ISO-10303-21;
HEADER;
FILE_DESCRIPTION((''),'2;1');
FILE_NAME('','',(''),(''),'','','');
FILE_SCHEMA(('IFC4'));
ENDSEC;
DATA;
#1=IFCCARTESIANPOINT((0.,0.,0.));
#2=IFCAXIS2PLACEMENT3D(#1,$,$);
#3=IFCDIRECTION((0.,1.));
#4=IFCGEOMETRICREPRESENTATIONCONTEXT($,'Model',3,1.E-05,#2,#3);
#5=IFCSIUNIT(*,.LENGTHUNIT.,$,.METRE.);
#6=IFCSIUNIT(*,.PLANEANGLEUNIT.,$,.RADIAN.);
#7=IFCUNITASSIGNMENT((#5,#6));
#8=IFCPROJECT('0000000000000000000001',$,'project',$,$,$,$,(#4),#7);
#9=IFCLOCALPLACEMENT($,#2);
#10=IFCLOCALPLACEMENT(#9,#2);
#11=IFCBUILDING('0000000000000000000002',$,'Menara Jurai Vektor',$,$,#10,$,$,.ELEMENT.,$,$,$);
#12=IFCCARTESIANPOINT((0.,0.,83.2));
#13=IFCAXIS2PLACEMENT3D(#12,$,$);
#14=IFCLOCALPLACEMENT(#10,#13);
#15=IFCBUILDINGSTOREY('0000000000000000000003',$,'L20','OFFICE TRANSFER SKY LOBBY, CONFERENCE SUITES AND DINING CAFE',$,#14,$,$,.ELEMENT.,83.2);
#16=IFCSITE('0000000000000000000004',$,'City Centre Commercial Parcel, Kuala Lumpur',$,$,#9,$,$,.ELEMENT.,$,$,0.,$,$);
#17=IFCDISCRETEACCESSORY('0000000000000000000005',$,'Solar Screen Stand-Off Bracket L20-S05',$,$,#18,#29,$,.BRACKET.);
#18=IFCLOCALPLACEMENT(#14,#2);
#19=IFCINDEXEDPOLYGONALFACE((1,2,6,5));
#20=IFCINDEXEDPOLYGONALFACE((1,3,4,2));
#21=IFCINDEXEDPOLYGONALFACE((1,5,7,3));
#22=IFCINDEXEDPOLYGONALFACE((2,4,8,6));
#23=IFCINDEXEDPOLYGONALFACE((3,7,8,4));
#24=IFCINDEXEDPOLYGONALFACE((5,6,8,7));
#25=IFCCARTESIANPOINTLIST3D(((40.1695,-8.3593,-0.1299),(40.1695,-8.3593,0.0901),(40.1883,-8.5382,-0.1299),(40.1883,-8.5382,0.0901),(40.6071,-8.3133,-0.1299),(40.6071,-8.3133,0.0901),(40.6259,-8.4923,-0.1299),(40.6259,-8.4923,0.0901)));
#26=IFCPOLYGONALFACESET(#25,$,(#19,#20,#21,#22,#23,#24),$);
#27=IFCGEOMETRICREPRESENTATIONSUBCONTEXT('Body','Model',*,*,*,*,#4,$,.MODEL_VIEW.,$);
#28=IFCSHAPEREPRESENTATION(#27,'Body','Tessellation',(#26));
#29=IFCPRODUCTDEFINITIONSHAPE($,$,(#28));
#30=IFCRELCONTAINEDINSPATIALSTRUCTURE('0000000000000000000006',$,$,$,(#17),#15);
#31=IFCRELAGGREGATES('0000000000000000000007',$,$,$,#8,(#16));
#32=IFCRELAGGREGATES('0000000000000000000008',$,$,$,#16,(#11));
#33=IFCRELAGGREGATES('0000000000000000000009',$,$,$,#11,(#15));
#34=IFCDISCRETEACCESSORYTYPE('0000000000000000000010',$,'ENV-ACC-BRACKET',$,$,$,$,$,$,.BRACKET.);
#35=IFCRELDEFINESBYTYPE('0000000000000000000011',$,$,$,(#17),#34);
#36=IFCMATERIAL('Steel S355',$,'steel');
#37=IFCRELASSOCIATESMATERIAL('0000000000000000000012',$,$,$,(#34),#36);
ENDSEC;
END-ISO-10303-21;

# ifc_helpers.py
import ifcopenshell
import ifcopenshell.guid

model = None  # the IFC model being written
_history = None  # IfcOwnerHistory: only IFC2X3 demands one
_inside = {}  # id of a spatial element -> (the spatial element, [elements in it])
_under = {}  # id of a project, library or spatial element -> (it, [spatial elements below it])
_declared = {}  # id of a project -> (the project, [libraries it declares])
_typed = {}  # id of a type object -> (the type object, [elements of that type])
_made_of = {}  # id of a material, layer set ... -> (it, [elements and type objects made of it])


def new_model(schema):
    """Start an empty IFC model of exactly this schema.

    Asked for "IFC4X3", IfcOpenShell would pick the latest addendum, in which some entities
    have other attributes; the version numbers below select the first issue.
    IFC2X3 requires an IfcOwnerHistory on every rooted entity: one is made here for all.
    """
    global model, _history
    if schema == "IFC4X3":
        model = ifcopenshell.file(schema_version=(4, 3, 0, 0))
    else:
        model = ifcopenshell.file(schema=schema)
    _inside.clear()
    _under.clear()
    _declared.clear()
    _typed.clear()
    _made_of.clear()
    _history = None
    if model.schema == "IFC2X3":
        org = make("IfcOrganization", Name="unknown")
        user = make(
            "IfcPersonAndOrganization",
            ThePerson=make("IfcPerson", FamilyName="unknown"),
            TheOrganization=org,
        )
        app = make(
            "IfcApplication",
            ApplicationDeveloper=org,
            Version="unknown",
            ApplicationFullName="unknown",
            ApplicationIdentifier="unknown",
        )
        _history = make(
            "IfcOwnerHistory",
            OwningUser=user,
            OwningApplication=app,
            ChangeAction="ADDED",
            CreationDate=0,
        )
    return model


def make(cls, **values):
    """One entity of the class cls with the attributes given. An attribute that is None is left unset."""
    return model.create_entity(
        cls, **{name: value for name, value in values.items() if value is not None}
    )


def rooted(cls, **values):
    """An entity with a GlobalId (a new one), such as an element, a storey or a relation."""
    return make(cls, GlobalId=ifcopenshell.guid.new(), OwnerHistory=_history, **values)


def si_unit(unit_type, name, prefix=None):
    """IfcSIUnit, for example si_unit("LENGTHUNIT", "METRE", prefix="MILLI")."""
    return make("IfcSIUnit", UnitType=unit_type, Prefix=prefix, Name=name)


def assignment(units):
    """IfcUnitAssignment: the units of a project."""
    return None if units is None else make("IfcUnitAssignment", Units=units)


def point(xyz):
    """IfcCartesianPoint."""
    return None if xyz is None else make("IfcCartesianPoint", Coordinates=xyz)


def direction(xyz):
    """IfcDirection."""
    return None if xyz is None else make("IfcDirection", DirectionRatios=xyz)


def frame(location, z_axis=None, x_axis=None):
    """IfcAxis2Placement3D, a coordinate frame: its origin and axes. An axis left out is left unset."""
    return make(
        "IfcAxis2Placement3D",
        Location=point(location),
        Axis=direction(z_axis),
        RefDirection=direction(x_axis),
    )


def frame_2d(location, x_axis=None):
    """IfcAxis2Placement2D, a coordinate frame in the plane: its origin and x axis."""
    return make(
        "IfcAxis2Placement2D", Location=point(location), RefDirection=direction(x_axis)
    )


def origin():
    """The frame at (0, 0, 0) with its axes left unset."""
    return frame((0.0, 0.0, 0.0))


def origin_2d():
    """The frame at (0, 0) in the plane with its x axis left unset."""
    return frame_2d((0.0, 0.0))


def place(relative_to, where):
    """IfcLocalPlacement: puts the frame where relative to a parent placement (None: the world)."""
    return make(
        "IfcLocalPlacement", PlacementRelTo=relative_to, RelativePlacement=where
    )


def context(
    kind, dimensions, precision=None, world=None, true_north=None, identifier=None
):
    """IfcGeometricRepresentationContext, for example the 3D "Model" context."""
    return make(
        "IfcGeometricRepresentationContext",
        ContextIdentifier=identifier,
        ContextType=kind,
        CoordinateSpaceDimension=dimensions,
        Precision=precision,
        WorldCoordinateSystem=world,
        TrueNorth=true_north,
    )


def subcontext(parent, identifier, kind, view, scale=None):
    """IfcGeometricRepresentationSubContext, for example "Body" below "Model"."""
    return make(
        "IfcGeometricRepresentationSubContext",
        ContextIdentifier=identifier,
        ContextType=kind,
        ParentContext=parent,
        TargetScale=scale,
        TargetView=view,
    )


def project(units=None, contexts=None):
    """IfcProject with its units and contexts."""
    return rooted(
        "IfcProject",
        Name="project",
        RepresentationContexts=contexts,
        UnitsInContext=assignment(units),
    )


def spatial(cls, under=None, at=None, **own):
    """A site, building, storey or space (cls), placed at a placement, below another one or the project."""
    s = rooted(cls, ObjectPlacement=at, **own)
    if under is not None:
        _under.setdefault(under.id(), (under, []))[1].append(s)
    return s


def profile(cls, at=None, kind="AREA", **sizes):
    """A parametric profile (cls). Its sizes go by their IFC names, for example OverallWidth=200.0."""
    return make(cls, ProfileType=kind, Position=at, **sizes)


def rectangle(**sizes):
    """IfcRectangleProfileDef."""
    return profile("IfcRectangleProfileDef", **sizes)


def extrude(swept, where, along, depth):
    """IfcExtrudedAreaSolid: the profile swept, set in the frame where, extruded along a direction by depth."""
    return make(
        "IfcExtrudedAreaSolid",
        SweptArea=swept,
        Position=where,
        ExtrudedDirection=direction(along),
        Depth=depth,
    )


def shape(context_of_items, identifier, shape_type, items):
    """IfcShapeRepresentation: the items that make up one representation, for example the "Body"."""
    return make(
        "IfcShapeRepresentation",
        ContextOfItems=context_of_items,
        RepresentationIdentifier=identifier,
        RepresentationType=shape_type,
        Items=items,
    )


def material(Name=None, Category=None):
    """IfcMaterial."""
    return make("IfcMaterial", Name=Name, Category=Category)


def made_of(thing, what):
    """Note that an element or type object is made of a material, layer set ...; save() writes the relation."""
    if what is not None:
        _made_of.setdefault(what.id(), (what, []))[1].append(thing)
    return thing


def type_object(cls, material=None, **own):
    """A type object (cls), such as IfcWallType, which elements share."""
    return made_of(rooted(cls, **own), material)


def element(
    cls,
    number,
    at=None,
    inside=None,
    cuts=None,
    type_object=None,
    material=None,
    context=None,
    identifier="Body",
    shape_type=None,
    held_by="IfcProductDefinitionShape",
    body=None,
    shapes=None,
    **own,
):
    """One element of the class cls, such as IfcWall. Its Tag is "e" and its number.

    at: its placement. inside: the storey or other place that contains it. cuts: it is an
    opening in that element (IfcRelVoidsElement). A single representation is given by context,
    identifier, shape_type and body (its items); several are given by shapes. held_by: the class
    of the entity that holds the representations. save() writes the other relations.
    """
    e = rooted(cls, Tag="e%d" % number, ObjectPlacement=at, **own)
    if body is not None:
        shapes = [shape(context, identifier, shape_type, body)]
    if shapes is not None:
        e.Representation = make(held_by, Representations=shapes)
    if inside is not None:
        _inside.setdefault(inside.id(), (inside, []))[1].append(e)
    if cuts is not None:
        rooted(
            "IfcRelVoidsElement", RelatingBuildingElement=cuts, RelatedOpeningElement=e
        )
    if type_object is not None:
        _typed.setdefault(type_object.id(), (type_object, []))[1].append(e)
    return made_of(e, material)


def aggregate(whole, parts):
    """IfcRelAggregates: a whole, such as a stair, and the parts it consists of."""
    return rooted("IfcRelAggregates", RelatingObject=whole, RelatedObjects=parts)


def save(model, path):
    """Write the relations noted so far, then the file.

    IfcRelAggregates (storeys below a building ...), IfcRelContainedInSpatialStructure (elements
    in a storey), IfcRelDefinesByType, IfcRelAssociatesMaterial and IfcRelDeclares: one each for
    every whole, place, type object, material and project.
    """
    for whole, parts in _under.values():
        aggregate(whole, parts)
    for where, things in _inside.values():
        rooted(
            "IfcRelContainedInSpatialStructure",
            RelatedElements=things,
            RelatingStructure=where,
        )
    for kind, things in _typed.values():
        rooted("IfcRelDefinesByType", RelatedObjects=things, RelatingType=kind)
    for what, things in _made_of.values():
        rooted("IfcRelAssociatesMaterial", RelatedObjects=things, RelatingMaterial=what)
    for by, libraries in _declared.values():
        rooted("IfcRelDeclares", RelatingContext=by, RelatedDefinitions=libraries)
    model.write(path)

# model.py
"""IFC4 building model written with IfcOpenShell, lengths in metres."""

from ifc_helpers import new_model, si_unit, direction, frame, origin, origin_2d, place, context, subcontext, project, spatial, rectangle, extrude, material, type_object, element, save


model = new_model("IFC4")

# Units and contexts
model_context = context("Model", 3, precision=1e-05, world=origin(), true_north=direction((0.0, 1.0)))
body_context = subcontext(model_context, "Body", "Model", "MODEL_VIEW")
ifc_project = project(units=[si_unit("LENGTHUNIT", "METRE"), si_unit("PLANEANGLEUNIT", "RADIAN")], contexts=[model_context])

# Site, building, storey
site_placement = place(None, origin())
site = spatial("IfcSite", under=ifc_project, at=site_placement, Name="City Centre Commercial Parcel, Kuala Lumpur", CompositionType="ELEMENT", RefElevation=0.0)
building_placement = place(site_placement, origin())
building = spatial("IfcBuilding", under=site, at=building_placement, Name="Menara Jurai Vektor", CompositionType="ELEMENT")
storey_placement = place(building_placement, frame((0.0, 0.0, 83.2)))
storey = spatial("IfcBuildingStorey", under=building, at=storey_placement, Name="L20", Description="OFFICE TRANSFER SKY LOBBY, CONFERENCE SUITES AND DINING CAFE", CompositionType="ELEMENT", Elevation=83.2)

# Shared definitions
ifc_material_1 = material(Name="Steel S355", Category="steel")

# Discrete accessory
discrete_accessory_type = type_object("IfcDiscreteAccessoryType", Name="ENV-ACC-BRACKET", PredefinedType="BRACKET", material=ifc_material_1)
discrete_accessory_placement = place(storey_placement, frame((40.3977, -8.4258, -0.1299), z_axis=(0.0, 0.0, 1.0), x_axis=(-0.104528, 0.994522, 0.0)))
element("IfcDiscreteAccessory", 1, at=discrete_accessory_placement, inside=storey, type_object=discrete_accessory_type, Name="Solar Screen Stand-Off Bracket L20-S05", PredefinedType="BRACKET", context=body_context, shape_type="SweptSolid", body=[
    extrude(rectangle(XDim=0.1799, YDim=0.4399, at=origin_2d()), origin(), (0.0, 0.0, 1.0), 0.22),
])

save(model, "model.ifc")
